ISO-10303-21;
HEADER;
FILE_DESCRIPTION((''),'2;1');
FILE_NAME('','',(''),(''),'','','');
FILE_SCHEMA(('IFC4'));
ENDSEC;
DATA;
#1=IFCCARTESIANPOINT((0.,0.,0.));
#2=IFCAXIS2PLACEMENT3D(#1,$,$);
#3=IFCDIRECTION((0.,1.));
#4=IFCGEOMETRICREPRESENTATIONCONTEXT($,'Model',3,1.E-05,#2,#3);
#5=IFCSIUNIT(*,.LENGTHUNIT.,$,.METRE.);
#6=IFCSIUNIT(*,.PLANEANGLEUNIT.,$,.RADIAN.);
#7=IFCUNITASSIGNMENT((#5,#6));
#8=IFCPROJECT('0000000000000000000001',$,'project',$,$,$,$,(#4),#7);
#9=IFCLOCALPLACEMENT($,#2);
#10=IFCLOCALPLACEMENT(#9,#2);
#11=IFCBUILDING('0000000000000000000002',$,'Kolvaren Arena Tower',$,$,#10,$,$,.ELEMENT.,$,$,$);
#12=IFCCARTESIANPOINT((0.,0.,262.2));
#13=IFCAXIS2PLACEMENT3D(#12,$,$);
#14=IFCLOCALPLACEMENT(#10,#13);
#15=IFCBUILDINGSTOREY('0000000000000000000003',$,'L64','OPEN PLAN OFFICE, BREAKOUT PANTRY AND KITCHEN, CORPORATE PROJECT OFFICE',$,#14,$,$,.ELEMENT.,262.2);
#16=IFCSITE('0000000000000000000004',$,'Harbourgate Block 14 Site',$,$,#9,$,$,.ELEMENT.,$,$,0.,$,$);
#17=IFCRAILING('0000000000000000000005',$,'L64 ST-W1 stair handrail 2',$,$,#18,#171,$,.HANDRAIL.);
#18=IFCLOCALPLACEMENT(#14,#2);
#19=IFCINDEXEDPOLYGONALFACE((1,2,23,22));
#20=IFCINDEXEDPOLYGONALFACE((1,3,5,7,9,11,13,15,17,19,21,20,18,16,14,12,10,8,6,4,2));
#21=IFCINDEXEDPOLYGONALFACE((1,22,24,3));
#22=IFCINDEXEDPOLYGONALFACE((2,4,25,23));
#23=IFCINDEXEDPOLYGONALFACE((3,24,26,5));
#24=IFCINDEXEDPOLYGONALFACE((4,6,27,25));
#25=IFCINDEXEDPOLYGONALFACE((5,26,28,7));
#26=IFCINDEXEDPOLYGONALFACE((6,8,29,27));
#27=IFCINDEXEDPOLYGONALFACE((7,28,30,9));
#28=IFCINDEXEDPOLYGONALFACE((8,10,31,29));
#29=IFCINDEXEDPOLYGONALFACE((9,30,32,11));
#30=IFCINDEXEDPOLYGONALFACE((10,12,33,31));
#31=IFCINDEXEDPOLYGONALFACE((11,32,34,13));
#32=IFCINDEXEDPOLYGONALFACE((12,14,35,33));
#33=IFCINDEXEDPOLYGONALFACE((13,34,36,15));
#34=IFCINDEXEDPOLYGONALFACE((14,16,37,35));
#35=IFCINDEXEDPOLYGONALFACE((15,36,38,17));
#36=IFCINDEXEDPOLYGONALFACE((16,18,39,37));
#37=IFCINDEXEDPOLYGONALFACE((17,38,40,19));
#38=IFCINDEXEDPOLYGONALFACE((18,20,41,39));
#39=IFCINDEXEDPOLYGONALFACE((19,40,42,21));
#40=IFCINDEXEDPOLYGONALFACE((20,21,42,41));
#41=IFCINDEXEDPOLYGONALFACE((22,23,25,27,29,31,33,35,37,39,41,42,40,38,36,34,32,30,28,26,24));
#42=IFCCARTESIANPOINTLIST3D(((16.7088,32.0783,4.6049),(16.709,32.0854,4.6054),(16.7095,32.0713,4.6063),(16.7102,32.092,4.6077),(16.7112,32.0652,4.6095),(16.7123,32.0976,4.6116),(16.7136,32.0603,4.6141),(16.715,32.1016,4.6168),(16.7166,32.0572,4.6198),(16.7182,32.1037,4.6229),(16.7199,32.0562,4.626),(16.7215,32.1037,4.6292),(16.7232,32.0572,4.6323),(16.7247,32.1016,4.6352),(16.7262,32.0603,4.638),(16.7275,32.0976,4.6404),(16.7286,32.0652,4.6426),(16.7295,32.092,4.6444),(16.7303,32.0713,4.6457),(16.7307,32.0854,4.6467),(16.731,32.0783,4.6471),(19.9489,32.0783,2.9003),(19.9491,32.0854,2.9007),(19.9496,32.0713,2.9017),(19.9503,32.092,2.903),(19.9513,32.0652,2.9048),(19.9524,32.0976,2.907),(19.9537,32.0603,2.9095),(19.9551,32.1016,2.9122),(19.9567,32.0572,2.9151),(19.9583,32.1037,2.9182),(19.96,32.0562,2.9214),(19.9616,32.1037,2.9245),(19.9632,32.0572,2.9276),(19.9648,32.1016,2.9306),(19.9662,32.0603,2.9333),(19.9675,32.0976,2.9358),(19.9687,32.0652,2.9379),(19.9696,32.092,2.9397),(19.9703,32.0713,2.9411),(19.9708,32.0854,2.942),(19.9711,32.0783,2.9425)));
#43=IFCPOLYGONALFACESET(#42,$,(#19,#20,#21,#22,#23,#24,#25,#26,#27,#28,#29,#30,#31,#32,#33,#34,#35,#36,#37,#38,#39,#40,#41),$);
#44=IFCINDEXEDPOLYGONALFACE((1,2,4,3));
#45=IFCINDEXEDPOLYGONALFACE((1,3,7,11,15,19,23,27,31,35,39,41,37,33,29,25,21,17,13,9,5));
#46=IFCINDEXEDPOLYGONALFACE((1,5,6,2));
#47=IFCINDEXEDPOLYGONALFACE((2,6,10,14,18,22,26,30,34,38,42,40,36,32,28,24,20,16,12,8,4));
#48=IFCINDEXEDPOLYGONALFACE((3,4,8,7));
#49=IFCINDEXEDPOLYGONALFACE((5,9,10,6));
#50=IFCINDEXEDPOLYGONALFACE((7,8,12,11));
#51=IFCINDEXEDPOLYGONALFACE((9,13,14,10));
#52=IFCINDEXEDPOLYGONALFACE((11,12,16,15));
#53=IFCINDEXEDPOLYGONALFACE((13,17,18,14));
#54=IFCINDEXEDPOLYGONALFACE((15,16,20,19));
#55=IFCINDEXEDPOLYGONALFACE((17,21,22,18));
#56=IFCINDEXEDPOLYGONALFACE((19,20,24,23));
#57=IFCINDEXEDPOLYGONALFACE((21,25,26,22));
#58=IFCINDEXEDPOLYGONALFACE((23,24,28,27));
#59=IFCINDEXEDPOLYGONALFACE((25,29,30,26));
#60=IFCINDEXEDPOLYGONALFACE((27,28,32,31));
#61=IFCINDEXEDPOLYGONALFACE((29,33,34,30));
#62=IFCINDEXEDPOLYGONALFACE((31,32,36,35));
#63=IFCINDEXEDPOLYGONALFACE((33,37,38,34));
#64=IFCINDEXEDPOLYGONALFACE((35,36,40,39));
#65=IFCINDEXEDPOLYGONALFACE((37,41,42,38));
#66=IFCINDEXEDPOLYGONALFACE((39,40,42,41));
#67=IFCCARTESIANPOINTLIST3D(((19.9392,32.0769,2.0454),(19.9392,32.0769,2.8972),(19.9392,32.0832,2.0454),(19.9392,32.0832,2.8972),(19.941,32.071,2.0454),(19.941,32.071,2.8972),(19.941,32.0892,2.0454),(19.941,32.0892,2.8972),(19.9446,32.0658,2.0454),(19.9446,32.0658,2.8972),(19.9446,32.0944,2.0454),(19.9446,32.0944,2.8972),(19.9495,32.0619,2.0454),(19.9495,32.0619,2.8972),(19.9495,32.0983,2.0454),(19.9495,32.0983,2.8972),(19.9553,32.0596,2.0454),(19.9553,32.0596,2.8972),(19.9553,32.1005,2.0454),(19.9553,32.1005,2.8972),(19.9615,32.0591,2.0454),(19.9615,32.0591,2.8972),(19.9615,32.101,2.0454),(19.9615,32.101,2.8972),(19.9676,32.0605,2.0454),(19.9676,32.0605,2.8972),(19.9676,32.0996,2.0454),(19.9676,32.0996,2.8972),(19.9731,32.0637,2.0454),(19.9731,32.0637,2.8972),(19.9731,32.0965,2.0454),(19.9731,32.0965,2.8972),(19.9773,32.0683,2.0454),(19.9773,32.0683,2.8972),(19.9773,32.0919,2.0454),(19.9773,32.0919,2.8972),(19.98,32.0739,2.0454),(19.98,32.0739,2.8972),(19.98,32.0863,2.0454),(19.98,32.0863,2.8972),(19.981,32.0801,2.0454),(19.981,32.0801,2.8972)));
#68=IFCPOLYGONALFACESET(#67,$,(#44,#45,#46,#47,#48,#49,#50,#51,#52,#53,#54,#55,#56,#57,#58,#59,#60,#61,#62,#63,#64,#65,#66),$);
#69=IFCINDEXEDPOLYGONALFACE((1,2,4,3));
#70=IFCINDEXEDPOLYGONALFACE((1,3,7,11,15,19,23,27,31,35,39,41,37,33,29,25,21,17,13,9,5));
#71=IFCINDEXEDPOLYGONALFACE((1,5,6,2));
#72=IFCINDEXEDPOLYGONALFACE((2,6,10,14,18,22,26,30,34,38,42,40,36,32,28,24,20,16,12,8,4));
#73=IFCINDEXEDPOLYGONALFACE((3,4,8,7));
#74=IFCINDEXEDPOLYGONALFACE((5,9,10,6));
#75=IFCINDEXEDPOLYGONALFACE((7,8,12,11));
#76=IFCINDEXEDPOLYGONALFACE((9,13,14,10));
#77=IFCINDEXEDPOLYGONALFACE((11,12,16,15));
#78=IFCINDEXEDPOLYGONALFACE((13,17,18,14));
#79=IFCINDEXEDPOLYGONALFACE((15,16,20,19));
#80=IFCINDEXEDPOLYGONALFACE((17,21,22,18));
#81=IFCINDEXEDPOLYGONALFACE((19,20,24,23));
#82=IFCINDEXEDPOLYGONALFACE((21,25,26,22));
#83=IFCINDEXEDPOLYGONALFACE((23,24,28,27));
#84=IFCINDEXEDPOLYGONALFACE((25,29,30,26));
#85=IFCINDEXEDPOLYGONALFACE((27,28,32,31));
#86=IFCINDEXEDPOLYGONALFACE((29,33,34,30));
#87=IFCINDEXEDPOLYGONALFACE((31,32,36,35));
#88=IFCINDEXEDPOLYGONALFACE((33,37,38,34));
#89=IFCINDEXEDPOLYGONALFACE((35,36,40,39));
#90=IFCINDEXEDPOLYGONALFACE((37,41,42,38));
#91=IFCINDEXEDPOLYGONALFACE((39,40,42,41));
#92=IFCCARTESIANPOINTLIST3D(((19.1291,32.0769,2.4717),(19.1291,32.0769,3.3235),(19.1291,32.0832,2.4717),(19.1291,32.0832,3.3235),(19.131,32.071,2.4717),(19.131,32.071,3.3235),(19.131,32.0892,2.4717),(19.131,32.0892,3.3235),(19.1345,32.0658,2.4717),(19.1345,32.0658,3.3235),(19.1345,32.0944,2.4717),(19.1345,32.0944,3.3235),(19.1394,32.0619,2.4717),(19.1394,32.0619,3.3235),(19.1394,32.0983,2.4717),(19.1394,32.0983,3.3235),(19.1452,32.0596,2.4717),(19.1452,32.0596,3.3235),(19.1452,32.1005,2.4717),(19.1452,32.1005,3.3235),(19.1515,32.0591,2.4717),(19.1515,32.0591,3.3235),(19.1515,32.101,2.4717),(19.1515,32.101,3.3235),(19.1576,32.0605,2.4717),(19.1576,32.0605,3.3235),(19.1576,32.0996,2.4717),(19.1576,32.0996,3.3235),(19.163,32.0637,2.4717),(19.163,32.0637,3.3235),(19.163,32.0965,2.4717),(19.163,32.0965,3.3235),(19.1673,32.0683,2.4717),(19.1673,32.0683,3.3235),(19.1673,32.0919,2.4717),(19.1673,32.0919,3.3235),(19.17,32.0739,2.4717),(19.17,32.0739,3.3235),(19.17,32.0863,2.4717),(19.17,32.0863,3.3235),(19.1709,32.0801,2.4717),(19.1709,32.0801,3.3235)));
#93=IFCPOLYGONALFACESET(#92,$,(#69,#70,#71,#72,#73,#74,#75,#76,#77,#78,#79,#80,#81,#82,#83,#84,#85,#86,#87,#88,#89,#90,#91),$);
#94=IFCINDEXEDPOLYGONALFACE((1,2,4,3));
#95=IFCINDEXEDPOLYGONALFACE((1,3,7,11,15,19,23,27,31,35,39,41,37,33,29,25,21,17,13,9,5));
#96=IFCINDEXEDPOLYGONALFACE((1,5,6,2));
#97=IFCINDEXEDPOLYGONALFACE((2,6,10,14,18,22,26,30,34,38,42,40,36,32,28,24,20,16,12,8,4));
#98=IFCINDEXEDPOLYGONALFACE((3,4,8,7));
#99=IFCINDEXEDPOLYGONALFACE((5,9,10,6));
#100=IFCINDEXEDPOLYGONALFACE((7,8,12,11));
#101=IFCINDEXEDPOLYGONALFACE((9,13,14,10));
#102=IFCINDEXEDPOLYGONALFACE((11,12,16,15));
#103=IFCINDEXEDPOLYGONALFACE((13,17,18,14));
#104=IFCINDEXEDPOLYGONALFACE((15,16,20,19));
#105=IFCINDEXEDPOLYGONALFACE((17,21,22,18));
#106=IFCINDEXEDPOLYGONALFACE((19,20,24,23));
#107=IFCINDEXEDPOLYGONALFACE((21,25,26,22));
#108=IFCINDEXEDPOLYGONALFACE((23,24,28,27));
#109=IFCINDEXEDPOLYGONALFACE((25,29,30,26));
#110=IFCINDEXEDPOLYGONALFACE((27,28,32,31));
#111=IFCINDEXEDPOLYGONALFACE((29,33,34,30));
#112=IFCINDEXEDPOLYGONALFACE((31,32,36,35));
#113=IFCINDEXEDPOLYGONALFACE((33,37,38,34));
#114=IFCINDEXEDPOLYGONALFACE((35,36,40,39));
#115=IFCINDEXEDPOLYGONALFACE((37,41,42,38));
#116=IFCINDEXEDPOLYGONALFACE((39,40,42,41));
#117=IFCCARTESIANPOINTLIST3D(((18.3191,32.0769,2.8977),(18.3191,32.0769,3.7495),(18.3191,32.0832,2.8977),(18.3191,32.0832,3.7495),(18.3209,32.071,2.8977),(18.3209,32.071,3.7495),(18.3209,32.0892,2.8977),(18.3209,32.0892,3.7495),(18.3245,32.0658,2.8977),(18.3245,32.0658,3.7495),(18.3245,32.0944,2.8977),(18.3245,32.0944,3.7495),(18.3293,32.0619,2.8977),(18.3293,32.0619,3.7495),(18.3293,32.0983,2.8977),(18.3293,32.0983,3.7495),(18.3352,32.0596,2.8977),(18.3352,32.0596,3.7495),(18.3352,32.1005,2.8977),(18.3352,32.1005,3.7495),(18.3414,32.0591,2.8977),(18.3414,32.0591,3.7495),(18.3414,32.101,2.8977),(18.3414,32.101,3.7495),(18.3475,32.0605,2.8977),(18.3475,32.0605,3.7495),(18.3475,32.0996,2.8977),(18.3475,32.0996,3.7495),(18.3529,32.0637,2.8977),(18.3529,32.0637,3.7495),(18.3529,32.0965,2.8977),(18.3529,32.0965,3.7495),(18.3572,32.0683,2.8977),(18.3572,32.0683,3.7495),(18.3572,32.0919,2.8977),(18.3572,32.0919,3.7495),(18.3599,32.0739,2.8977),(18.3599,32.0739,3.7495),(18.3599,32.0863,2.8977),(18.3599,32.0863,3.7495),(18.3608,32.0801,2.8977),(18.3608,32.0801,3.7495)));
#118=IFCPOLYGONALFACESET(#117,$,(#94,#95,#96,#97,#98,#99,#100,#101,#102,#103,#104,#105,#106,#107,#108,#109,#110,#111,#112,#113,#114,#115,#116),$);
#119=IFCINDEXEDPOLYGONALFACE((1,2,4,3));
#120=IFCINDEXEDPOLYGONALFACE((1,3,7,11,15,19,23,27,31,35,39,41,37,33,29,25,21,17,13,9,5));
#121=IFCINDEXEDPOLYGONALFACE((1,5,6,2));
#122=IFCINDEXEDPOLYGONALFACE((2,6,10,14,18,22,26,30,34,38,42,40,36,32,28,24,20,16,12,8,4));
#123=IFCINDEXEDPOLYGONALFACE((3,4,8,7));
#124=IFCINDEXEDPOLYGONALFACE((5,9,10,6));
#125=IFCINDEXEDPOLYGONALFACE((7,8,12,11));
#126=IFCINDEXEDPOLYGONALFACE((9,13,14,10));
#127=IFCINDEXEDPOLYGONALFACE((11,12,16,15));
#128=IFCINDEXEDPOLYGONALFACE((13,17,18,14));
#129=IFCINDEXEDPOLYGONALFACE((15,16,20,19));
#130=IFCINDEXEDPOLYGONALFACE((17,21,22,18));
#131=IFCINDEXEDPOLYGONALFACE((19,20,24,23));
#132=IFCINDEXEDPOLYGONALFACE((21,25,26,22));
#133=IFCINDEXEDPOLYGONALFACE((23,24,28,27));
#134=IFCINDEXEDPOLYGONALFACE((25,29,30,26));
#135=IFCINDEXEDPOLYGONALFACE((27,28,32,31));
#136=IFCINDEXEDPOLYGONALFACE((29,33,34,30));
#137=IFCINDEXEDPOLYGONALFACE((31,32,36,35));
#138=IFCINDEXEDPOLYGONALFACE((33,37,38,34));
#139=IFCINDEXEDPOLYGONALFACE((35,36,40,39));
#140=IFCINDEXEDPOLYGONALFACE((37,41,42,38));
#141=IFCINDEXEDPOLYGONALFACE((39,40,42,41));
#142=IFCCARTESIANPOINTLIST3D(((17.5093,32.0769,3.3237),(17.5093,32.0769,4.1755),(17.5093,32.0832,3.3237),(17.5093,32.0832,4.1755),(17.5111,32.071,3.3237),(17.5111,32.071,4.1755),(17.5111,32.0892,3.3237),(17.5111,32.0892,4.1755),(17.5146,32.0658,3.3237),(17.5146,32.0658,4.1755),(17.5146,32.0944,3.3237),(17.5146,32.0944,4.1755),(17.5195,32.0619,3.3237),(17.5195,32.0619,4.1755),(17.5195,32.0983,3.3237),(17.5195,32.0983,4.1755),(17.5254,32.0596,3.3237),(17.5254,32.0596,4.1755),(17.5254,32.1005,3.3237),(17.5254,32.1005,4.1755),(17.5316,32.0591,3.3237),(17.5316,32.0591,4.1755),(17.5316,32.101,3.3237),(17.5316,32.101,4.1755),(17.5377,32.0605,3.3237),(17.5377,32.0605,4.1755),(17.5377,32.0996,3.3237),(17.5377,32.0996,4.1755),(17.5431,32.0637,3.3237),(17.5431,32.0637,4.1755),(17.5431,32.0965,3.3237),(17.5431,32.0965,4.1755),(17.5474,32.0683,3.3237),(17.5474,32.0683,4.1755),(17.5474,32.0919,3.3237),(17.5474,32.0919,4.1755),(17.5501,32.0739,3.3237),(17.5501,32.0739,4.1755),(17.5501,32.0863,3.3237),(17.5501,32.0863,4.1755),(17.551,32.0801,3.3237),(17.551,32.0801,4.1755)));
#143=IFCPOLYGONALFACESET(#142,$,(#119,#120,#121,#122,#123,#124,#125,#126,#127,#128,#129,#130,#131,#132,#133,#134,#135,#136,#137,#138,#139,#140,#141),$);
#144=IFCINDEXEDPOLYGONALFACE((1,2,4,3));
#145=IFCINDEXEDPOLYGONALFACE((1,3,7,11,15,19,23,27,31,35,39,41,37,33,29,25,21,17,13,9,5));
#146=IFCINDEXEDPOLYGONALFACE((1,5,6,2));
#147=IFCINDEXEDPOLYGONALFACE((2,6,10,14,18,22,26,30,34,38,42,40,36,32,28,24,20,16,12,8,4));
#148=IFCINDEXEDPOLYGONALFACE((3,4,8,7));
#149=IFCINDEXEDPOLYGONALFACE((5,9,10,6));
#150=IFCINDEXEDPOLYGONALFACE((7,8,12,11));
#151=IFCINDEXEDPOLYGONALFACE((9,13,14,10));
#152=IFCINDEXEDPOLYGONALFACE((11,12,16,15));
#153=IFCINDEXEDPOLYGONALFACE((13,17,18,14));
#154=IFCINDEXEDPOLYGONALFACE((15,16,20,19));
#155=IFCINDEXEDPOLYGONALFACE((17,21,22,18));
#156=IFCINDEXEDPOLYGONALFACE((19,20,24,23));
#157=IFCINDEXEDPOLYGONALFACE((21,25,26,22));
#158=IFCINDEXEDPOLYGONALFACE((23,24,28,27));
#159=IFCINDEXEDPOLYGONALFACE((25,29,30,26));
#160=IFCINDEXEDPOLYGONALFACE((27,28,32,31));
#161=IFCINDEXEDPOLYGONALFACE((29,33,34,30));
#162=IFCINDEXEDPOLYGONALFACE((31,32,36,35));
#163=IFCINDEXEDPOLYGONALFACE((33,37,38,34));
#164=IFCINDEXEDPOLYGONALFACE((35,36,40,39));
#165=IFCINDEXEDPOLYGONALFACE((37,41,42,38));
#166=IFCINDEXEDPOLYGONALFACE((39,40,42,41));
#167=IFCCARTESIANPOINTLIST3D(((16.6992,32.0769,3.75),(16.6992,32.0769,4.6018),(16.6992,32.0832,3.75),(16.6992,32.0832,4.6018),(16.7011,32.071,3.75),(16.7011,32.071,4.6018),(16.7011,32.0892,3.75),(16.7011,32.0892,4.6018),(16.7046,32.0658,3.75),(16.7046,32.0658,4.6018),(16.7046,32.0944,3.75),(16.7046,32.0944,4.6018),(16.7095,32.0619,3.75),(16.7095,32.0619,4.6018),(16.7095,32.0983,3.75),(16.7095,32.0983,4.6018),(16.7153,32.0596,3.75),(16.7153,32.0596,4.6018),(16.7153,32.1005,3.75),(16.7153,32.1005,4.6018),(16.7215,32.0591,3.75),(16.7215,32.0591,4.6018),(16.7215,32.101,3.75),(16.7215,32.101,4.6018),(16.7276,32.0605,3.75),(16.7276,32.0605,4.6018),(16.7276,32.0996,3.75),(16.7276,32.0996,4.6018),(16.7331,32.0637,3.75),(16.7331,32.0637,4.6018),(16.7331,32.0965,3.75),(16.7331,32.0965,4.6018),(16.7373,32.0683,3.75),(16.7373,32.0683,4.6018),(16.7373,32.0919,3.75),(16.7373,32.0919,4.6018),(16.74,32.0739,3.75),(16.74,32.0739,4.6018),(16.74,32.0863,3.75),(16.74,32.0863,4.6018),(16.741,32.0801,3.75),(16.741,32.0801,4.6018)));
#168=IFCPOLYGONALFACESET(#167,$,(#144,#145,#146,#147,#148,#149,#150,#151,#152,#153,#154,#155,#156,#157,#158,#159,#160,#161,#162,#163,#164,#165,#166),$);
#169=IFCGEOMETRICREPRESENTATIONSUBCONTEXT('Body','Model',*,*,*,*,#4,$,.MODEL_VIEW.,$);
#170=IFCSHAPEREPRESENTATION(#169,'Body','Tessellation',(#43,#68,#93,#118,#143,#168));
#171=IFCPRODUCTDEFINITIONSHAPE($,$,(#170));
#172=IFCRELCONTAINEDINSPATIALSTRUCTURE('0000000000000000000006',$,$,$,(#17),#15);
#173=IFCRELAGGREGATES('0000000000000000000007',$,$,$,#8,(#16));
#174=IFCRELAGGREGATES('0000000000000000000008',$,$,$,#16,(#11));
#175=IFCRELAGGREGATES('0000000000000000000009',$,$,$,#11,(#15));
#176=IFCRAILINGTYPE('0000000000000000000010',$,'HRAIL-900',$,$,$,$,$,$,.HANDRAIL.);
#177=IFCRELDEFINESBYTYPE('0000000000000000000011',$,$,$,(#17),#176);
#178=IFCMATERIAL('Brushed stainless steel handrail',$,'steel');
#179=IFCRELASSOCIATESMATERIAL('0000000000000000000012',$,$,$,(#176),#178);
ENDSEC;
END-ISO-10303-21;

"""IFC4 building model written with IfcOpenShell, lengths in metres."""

from ifc_helpers import new_model, si_unit, direction, frame, origin, origin_2d, place, context, subcontext, project, spatial, circle, extrude, material, type_object, element, save


model = new_model("IFC4")

# Units and contexts
model_context = context("Model", 3, precision=1e-05, world=origin(), true_north=direction((0.0, 1.0)))
body_context = subcontext(model_context, "Body", "Model", "MODEL_VIEW")
ifc_project = project(units=[si_unit("LENGTHUNIT", "METRE"), si_unit("PLANEANGLEUNIT", "RADIAN")], contexts=[model_context])

# Site, building, storey
site_placement = place(None, origin())
site = spatial("IfcSite", under=ifc_project, at=site_placement, Name="Harbourgate Block 14 Site", CompositionType="ELEMENT", RefElevation=0.0)
building_placement = place(site_placement, origin())
building = spatial("IfcBuilding", under=site, at=building_placement, Name="Kolvaren Arena Tower", CompositionType="ELEMENT")
storey_placement = place(building_placement, frame((0.0, 0.0, 262.2)))
storey = spatial("IfcBuildingStorey", under=building, at=storey_placement, Name="L64", Description="OPEN PLAN OFFICE, BREAKOUT PANTRY AND KITCHEN, CORPORATE PROJECT OFFICE", CompositionType="ELEMENT", Elevation=262.2)

# Railing
ifc_material_1 = material(Name="Brushed stainless steel handrail", Category="steel")
railing_type_1 = type_object("IfcRailingType", Name="HRAIL-900", PredefinedType="HANDRAIL", material=ifc_material_1)
railing_1_placement = place(storey_placement, frame((19.96, 32.0801, 2.0454)))
element("IfcRailing", 1, at=railing_1_placement, inside=storey, type_object=railing_type_1, Name="L64 ST-W1 stair handrail 2", PredefinedType="HANDRAIL", context=body_context, shape_type="SweptSolid", body=[
    extrude(circle(Radius=0.0239, at=origin_2d()), frame((0.0, 0.0, 0.876), z_axis=(-0.884993, 0.0, 0.465604), x_axis=(0.0, -1.0, 0.0)), (0.0, 0.0, 1.0), 3.6611),
    extrude(circle(Radius=0.021, at=origin_2d()), origin(), (0.0, 0.0, 1.0), 0.8518),
    extrude(circle(Radius=0.021, at=origin_2d()), frame((-0.8101, 0.0, 0.4263)), (0.0, 0.0, 1.0), 0.8518),
    extrude(circle(Radius=0.021, at=origin_2d()), frame((-1.6201, 0.0, 0.8523)), (0.0, 0.0, 1.0), 0.8518),
    extrude(circle(Radius=0.021, at=origin_2d()), frame((-2.4299, 0.0, 1.2783)), (0.0, 0.0, 1.0), 0.8518),
    extrude(circle(Radius=0.021, at=origin_2d()), frame((-3.24, 0.0, 1.7046)), (0.0, 0.0, 1.0), 0.8518),
])

save(model, "model.ifc")
